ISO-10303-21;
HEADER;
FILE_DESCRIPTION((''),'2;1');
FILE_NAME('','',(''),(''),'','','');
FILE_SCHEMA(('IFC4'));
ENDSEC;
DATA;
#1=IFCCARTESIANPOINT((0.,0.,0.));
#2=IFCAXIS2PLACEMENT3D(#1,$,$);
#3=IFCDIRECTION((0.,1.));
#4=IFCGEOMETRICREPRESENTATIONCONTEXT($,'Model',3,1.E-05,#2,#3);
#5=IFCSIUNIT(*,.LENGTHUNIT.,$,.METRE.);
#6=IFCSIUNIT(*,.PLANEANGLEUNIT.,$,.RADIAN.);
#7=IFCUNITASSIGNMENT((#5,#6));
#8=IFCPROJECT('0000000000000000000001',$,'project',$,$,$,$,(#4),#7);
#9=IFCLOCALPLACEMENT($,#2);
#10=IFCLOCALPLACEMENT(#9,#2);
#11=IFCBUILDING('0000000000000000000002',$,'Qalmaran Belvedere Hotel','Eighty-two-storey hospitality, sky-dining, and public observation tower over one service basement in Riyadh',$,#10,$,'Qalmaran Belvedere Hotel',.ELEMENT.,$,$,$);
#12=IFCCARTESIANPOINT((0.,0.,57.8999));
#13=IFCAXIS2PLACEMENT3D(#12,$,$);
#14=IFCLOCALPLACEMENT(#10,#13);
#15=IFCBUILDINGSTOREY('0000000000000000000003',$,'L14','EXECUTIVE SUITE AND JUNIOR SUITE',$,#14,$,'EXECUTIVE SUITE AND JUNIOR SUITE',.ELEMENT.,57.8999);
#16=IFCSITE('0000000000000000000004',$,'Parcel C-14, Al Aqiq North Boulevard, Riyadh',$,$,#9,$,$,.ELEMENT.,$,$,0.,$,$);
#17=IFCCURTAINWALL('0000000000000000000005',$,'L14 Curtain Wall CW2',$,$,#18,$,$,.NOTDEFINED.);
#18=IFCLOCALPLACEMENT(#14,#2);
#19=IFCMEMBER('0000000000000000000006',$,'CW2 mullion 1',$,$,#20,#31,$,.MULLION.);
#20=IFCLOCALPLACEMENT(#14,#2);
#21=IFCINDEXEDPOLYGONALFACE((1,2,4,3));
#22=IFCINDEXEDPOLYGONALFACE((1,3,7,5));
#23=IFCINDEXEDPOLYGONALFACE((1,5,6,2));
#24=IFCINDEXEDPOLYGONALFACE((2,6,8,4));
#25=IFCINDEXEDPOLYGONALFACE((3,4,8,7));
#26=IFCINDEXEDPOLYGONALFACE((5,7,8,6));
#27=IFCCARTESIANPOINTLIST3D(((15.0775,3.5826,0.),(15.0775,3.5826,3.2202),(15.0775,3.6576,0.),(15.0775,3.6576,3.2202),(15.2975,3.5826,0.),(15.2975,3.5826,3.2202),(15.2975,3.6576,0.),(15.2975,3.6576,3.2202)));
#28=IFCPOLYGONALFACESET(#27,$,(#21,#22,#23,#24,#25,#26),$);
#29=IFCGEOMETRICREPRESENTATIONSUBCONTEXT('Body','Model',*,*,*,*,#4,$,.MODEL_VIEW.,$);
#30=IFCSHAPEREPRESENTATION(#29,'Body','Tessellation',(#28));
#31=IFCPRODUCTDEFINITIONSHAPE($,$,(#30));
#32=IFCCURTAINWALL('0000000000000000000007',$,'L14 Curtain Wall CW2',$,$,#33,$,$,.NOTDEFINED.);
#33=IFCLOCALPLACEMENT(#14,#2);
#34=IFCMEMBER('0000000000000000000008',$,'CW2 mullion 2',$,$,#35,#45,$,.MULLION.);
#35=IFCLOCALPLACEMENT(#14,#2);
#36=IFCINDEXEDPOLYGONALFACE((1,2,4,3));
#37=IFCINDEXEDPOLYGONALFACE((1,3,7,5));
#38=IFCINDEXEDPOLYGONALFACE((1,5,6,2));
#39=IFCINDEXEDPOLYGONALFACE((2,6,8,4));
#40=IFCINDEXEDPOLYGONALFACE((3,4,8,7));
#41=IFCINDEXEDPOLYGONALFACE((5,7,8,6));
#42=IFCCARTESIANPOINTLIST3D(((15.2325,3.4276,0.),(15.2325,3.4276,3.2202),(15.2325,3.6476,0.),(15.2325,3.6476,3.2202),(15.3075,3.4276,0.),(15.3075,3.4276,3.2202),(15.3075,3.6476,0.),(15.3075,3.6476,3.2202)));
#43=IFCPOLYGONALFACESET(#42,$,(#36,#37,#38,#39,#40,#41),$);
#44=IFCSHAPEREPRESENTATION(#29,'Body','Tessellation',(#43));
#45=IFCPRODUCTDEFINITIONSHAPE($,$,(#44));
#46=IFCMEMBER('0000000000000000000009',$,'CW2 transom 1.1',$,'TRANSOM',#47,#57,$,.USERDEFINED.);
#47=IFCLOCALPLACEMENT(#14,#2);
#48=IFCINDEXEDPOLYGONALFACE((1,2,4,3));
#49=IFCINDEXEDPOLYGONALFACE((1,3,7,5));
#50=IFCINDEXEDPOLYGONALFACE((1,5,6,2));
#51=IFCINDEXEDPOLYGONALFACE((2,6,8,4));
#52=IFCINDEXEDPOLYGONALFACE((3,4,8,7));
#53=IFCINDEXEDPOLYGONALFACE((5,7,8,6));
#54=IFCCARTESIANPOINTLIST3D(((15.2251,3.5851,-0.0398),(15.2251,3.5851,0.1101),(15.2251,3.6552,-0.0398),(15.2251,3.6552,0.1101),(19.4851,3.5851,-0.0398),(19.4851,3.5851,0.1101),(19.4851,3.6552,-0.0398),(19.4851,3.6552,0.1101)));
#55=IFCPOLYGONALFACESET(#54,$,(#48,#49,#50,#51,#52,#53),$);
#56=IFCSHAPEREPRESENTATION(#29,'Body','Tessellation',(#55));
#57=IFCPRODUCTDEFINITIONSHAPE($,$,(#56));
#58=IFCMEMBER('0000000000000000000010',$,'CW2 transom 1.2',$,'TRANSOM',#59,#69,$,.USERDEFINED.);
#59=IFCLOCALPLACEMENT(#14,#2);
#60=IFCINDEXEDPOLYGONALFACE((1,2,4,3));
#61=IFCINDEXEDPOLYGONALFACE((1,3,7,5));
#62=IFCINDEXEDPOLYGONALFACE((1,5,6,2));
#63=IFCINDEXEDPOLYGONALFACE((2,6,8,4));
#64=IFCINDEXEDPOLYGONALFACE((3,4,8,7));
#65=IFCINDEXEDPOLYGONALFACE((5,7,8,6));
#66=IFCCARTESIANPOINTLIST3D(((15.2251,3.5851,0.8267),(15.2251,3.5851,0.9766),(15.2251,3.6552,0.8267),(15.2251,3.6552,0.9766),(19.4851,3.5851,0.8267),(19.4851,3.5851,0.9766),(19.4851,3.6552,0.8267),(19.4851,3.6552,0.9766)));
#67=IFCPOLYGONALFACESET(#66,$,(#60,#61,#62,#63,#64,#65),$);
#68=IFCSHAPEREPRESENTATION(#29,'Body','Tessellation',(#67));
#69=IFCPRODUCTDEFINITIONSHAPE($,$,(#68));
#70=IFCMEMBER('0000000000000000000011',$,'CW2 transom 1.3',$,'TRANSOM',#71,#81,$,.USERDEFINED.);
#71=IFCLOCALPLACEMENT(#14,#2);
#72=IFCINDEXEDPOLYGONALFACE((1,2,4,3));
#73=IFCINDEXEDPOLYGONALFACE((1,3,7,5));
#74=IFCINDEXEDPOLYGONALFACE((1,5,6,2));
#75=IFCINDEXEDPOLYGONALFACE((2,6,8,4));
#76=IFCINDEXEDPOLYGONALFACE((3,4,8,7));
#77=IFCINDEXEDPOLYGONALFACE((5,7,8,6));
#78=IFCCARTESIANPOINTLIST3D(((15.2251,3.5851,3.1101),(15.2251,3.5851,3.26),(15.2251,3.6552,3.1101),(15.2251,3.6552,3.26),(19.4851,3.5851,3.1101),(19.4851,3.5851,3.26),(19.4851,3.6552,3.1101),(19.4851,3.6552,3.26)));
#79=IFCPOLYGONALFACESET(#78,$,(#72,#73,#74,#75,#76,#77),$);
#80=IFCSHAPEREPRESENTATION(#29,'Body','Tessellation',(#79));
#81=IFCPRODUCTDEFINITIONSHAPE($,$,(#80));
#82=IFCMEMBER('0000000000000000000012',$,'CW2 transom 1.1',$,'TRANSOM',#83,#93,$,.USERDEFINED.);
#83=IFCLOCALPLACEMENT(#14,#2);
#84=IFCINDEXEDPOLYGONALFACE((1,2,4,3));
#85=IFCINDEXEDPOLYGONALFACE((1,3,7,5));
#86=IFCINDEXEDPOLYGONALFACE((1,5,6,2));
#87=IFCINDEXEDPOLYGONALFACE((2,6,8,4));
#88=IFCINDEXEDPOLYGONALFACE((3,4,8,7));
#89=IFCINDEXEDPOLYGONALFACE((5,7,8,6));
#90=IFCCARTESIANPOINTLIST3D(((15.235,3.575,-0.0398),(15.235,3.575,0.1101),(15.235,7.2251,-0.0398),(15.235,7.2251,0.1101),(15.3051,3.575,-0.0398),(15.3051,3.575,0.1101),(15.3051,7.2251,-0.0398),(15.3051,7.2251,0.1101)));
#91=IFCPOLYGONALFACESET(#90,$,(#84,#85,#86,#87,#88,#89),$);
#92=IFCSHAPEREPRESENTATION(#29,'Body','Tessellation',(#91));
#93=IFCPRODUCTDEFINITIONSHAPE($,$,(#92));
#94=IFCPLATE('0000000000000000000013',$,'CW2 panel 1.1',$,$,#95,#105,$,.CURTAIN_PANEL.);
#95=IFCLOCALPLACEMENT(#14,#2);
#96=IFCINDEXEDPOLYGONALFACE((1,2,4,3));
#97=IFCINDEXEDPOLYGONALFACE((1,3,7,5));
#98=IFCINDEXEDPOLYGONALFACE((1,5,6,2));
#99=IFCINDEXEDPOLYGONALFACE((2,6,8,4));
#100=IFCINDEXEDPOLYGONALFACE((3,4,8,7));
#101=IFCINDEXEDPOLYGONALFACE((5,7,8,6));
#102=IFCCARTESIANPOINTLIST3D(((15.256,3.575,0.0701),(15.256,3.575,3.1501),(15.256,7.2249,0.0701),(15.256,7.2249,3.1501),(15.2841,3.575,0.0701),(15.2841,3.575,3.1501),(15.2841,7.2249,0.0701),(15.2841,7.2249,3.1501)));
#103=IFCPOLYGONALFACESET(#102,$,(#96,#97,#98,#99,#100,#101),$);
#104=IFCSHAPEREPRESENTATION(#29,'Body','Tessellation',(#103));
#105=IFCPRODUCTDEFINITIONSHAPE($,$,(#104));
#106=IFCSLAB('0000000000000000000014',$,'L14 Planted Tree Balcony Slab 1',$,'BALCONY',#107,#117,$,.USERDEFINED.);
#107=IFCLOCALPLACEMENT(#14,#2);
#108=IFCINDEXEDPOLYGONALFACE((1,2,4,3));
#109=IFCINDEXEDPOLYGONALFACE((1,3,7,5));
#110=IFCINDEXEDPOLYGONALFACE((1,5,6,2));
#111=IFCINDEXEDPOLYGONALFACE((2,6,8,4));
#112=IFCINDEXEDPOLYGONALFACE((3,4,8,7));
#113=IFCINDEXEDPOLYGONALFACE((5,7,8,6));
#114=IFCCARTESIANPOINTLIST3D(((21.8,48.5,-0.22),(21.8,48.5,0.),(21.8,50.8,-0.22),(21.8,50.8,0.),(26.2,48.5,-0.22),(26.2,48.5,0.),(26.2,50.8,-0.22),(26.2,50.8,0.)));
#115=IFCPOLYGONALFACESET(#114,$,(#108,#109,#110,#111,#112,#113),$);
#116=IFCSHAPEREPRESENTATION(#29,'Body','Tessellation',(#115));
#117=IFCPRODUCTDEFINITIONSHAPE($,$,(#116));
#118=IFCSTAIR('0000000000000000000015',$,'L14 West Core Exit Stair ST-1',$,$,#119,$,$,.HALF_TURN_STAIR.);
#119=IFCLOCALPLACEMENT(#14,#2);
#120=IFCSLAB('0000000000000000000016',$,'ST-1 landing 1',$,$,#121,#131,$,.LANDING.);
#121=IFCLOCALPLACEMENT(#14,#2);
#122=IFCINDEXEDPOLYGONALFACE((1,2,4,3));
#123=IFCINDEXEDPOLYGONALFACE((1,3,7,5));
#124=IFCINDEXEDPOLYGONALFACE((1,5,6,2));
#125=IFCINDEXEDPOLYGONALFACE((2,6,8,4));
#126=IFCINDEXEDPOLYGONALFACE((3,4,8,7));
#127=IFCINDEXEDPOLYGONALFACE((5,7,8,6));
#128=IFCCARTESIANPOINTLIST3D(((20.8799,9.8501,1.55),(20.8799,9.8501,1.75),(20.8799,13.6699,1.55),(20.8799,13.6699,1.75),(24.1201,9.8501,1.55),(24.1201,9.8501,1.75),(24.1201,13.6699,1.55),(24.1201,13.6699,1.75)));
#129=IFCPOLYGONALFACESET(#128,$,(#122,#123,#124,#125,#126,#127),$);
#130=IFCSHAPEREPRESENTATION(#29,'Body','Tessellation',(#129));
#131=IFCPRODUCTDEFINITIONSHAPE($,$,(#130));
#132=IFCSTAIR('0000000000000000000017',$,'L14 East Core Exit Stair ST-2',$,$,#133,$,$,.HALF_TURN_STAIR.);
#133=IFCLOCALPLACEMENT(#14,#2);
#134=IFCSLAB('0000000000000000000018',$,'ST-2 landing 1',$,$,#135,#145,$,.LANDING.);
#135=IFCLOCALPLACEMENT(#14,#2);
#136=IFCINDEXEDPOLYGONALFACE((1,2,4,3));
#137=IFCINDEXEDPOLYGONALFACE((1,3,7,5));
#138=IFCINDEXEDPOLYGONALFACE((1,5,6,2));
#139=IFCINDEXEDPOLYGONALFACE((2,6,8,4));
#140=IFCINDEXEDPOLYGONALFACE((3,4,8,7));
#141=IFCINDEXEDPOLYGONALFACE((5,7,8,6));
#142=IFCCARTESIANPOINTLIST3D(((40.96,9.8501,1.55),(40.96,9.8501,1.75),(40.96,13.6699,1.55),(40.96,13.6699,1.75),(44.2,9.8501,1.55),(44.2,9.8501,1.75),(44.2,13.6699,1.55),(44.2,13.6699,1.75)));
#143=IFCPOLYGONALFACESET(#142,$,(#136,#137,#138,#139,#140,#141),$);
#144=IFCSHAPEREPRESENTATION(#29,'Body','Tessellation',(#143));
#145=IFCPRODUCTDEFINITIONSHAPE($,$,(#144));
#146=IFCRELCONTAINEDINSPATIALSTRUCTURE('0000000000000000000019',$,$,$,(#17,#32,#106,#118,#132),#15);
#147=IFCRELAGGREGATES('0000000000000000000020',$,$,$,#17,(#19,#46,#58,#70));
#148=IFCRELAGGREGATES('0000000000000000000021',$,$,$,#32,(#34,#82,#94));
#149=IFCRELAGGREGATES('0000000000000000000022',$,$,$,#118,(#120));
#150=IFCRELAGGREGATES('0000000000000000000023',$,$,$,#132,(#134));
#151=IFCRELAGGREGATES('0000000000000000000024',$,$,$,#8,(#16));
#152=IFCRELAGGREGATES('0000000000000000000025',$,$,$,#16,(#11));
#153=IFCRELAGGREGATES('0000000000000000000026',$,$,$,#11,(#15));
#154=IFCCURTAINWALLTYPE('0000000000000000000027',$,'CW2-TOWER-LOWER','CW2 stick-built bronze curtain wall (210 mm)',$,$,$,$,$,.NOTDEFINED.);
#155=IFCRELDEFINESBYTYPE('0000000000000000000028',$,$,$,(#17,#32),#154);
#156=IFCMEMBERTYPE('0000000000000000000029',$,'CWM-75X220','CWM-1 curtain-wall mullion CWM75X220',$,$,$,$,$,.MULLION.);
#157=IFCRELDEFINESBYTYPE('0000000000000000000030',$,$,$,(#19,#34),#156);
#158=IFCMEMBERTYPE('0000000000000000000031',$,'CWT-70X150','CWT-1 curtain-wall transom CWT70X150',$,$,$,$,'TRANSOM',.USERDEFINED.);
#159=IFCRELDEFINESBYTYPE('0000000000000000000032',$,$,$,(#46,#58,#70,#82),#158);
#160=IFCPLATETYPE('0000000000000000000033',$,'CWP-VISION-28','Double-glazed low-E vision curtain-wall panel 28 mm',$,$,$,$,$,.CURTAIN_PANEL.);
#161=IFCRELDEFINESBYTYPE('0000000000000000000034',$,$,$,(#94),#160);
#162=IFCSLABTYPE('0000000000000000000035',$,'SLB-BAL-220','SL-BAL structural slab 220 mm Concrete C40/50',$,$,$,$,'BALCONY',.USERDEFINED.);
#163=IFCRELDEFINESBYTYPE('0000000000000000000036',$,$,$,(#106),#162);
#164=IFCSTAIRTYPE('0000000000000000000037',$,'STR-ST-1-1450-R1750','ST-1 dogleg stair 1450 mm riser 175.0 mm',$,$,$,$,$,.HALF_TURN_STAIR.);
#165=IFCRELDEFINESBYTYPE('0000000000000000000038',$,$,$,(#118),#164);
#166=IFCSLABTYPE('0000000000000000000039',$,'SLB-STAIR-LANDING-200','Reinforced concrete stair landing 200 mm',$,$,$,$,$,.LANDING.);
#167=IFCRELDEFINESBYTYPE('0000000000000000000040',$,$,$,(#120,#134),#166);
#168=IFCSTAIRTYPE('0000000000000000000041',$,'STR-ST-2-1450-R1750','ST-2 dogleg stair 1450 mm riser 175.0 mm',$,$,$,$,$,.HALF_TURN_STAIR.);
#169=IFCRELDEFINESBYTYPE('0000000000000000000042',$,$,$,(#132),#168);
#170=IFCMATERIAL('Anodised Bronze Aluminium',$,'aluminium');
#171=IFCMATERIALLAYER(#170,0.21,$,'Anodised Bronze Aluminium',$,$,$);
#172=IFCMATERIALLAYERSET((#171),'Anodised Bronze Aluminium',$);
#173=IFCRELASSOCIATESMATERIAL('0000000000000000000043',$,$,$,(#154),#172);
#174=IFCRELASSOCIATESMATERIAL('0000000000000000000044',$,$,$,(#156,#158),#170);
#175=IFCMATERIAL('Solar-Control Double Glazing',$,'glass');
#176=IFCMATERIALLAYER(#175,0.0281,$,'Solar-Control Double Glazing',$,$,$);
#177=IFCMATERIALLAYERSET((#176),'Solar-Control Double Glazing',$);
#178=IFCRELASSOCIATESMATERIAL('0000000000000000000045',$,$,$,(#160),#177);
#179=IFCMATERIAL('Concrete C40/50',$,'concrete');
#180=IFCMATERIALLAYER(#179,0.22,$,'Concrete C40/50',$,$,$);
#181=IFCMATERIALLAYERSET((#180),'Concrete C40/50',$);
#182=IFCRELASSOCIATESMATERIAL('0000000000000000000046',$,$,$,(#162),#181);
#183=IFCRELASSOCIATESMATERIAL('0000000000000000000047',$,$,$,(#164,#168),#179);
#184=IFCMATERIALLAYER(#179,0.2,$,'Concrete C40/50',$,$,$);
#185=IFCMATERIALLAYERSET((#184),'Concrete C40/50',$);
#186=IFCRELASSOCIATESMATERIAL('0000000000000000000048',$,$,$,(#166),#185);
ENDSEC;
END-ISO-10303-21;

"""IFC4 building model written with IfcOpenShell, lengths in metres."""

from ifc_helpers import new_model, si_unit, direction, frame, origin, origin_2d, place, context, subcontext, project, spatial, polyline, rectangle, outline, extrude, material, layer, layer_set, material_profile, profile_set, type_object, element, aggregate, save


model = new_model("IFC4")

# Units and contexts
model_context = context("Model", 3, precision=1e-05, world=origin(), true_north=direction((0.0, 1.0)))
body_context = subcontext(model_context, "Body", "Model", "MODEL_VIEW")
ifc_project = project(units=[si_unit("LENGTHUNIT", "METRE"), si_unit("PLANEANGLEUNIT", "RADIAN")], contexts=[model_context])

# Site, building, storey
site_placement = place(None, origin())
site = spatial("IfcSite", under=ifc_project, at=site_placement, Name="Parcel C-14, Al Aqiq North Boulevard, Riyadh", CompositionType="ELEMENT", RefElevation=0.0)
building_placement = place(site_placement, origin())
building = spatial("IfcBuilding", under=site, at=building_placement, Name="Qalmaran Belvedere Hotel", Description="Eighty-two-storey hospitality, sky-dining, and public observation tower over one service basement in Riyadh", LongName="Qalmaran Belvedere Hotel", CompositionType="ELEMENT")
storey_placement = place(building_placement, frame((0.0, 0.0, 57.8999)))
storey = spatial("IfcBuildingStorey", under=building, at=storey_placement, Name="L14", Description="EXECUTIVE SUITE AND JUNIOR SUITE", LongName="EXECUTIVE SUITE AND JUNIOR SUITE", CompositionType="ELEMENT", Elevation=57.8999)

# Curtain walls, members
ifc_material_1 = material(Name="Anodised Bronze Aluminium", Category="aluminium")
ifc_layer_1 = layer(ifc_material_1, 0.21, Name="Anodised Bronze Aluminium")
ifc_layer_set_1 = layer_set([ifc_layer_1], Name="Anodised Bronze Aluminium")
curtain_wall_type = type_object("IfcCurtainWallType", Name="CW2-TOWER-LOWER", Description="CW2 stick-built bronze curtain wall (210 mm)", PredefinedType="NOTDEFINED", material=ifc_layer_set_1)
curtain_wall_1_placement = place(storey_placement, origin())
curtain_wall_1 = element("IfcCurtainWall", 1, at=curtain_wall_1_placement, inside=storey, type_object=curtain_wall_type, Name="L14 Curtain Wall CW2", PredefinedType="NOTDEFINED")
ifc_material_profile_1 = material_profile(ifc_material_1, rectangle(XDim=0.075, YDim=0.22, at=origin_2d()), Name="CWM75X220")
ifc_profile_set_1 = profile_set([ifc_material_profile_1], Name="Anodised Bronze Aluminium")
member_type_1 = type_object("IfcMemberType", Name="CWM-75X220", Description="CWM-1 curtain-wall mullion CWM75X220", PredefinedType="MULLION", material=ifc_profile_set_1)
member_1_placement = place(storey_placement, frame((15.1875, 3.6201, 0.0), z_axis=(0.0, 0.0, 1.0), x_axis=(0.0, 1.0, 0.0)))
member_1 = element("IfcMember", 2, at=member_1_placement, type_object=member_type_1, Name="CW2 mullion 1", PredefinedType="MULLION", context=body_context, shape_type="SweptSolid", body=[
    extrude(rectangle(XDim=0.075, YDim=0.22, at=origin_2d()), origin(), (0.0, 0.0, 1.0), 3.2202),
])
curtain_wall_2_placement = place(storey_placement, origin())
curtain_wall_2 = element("IfcCurtainWall", 3, at=curtain_wall_2_placement, inside=storey, type_object=curtain_wall_type, Name="L14 Curtain Wall CW2", PredefinedType="NOTDEFINED")
member_2_placement = place(storey_placement, frame((15.27, 3.5376, 0.0), z_axis=(0.0, 0.0, 1.0), x_axis=(1.0, 0.0, 0.0)))
member_2 = element("IfcMember", 4, at=member_2_placement, type_object=member_type_1, Name="CW2 mullion 2", PredefinedType="MULLION", context=body_context, shape_type="SweptSolid", body=[
    extrude(rectangle(XDim=0.075, YDim=0.22, at=origin_2d()), origin(), (0.0, 0.0, 1.0), 3.2202),
])

# Members
ifc_material_profile_2 = material_profile(ifc_material_1, rectangle(XDim=0.0701, YDim=0.1499, at=origin_2d()), Name="CWT70X150")
ifc_profile_set_2 = profile_set([ifc_material_profile_2], Name="Anodised Bronze Aluminium")
member_type_2 = type_object("IfcMemberType", Name="CWT-70X150", Description="CWT-1 curtain-wall transom CWT70X150", ElementType="TRANSOM", PredefinedType="USERDEFINED", material=ifc_profile_set_2)
member_3_placement = place(storey_placement, frame((15.2251, 3.6201, 0.0352), z_axis=(1.0, 0.0, 0.0), x_axis=(0.0, 1.0, 0.0)))
member_3 = element("IfcMember", 5, at=member_3_placement, type_object=member_type_2, Name="CW2 transom 1.1", ObjectType="TRANSOM", PredefinedType="USERDEFINED", context=body_context, shape_type="SweptSolid", body=[
    extrude(rectangle(XDim=0.0701, YDim=0.1499, at=origin_2d()), origin(), (0.0, 0.0, 1.0), 4.26),
])
member_4_placement = place(storey_placement, frame((15.2251, 3.6201, 0.9016), z_axis=(1.0, 0.0, 0.0), x_axis=(0.0, 1.0, 0.0)))
member_4 = element("IfcMember", 6, at=member_4_placement, type_object=member_type_2, Name="CW2 transom 1.2", ObjectType="TRANSOM", PredefinedType="USERDEFINED", context=body_context, shape_type="SweptSolid", body=[
    extrude(rectangle(XDim=0.0701, YDim=0.1499, at=origin_2d()), origin(), (0.0, 0.0, 1.0), 4.26),
])
member_5_placement = place(storey_placement, frame((15.2251, 3.6201, 3.1851), z_axis=(1.0, 0.0, 0.0), x_axis=(0.0, 1.0, 0.0)))
member_5 = element("IfcMember", 7, at=member_5_placement, type_object=member_type_2, Name="CW2 transom 1.3", ObjectType="TRANSOM", PredefinedType="USERDEFINED", context=body_context, shape_type="SweptSolid", body=[
    extrude(rectangle(XDim=0.0701, YDim=0.1499, at=origin_2d()), origin(), (0.0, 0.0, 1.0), 4.26),
])
aggregate(curtain_wall_1, [member_1, member_3, member_4, member_5])
member_6_placement = place(storey_placement, frame((15.27, 7.2251, 0.0352), z_axis=(0.0, -1.0, 0.0), x_axis=(1.0, 0.0, 0.0)))
member_6 = element("IfcMember", 8, at=member_6_placement, type_object=member_type_2, Name="CW2 transom 1.1", ObjectType="TRANSOM", PredefinedType="USERDEFINED", context=body_context, shape_type="SweptSolid", body=[
    extrude(rectangle(XDim=0.0701, YDim=0.1499, at=origin_2d()), origin(), (0.0, 0.0, 1.0), 3.6501),
])

# Plate
ifc_material_2 = material(Name="Solar-Control Double Glazing", Category="glass")
ifc_layer_2 = layer(ifc_material_2, 0.0281, Name="Solar-Control Double Glazing")
ifc_layer_set_2 = layer_set([ifc_layer_2], Name="Solar-Control Double Glazing")
plate_type = type_object("IfcPlateType", Name="CWP-VISION-28", Description="Double-glazed low-E vision curtain-wall panel 28 mm", PredefinedType="CURTAIN_PANEL", material=ifc_layer_set_2)
plate_placement = place(storey_placement, frame((15.27, 5.3999, 0.0701), z_axis=(0.0, 0.0, 1.0), x_axis=(0.0, -1.0, 0.0)))
plate = element("IfcPlate", 9, at=plate_placement, type_object=plate_type, Name="CW2 panel 1.1", PredefinedType="CURTAIN_PANEL", context=body_context, shape_type="SweptSolid", body=[
    extrude(rectangle(XDim=3.6499, YDim=0.0281, at=origin_2d()), origin(), (0.0, 0.0, 1.0), 3.0801),
])
aggregate(curtain_wall_2, [member_2, member_6, plate])

# Slab
ifc_material_3 = material(Name="Concrete C40/50", Category="concrete")
ifc_layer_3 = layer(ifc_material_3, 0.22, Name="Concrete C40/50")
ifc_layer_set_3 = layer_set([ifc_layer_3], Name="Concrete C40/50")
slab_type_1 = type_object("IfcSlabType", Name="SLB-BAL-220", Description="SL-BAL structural slab 220 mm Concrete C40/50", ElementType="BALCONY", PredefinedType="USERDEFINED", material=ifc_layer_set_3)
slab_1_placement = place(storey_placement, frame((0.0, 0.0, -0.22)))
element("IfcSlab", 10, at=slab_1_placement, inside=storey, type_object=slab_type_1, Name="L14 Planted Tree Balcony Slab 1", ObjectType="BALCONY", PredefinedType="USERDEFINED", context=body_context, shape_type="SweptSolid", body=[
    extrude(outline(polyline([(21.8, 48.5), (26.2, 48.5), (26.2, 50.8), (21.8, 50.8), (21.8, 48.5)])), origin(), (0.0, 0.0, 1.0), 0.22),
])

# Stairs, slabs
stair_type_1 = type_object("IfcStairType", Name="STR-ST-1-1450-R1750", Description="ST-1 dogleg stair 1450 mm riser 175.0 mm", PredefinedType="HALF_TURN_STAIR", material=ifc_material_3)
stair_1_placement = place(storey_placement, origin())
stair_1 = element("IfcStair", 11, at=stair_1_placement, inside=storey, type_object=stair_type_1, Name="L14 West Core Exit Stair ST-1", PredefinedType="HALF_TURN_STAIR")
ifc_layer_4 = layer(ifc_material_3, 0.2, Name="Concrete C40/50")
ifc_layer_set_4 = layer_set([ifc_layer_4], Name="Concrete C40/50")
slab_type_2 = type_object("IfcSlabType", Name="SLB-STAIR-LANDING-200", Description="Reinforced concrete stair landing 200 mm", PredefinedType="LANDING", material=ifc_layer_set_4)
slab_2_placement = place(storey_placement, frame((0.0, 0.0, 1.55)))
slab_2 = element("IfcSlab", 12, at=slab_2_placement, type_object=slab_type_2, Name="ST-1 landing 1", PredefinedType="LANDING", context=body_context, shape_type="SweptSolid", body=[
    extrude(outline(polyline([(20.8799, 13.6699), (20.8799, 9.8501), (24.1201, 9.8501), (24.1201, 13.6699), (20.8799, 13.6699)])), origin(), (0.0, 0.0, 1.0), 0.2),
])
aggregate(stair_1, [slab_2])
stair_type_2 = type_object("IfcStairType", Name="STR-ST-2-1450-R1750", Description="ST-2 dogleg stair 1450 mm riser 175.0 mm", PredefinedType="HALF_TURN_STAIR", material=ifc_material_3)
stair_2_placement = place(storey_placement, origin())
stair_2 = element("IfcStair", 13, at=stair_2_placement, inside=storey, type_object=stair_type_2, Name="L14 East Core Exit Stair ST-2", PredefinedType="HALF_TURN_STAIR")
slab_3_placement = place(storey_placement, frame((0.0, 0.0, 1.55)))
slab_3 = element("IfcSlab", 14, at=slab_3_placement, type_object=slab_type_2, Name="ST-2 landing 1", PredefinedType="LANDING", context=body_context, shape_type="SweptSolid", body=[
    extrude(outline(polyline([(40.96, 13.6699), (40.96, 9.8501), (44.2, 9.8501), (44.2, 13.6699), (40.96, 13.6699)])), origin(), (0.0, 0.0, 1.0), 0.2),
])
aggregate(stair_2, [slab_3])

save(model, "model.ifc")
